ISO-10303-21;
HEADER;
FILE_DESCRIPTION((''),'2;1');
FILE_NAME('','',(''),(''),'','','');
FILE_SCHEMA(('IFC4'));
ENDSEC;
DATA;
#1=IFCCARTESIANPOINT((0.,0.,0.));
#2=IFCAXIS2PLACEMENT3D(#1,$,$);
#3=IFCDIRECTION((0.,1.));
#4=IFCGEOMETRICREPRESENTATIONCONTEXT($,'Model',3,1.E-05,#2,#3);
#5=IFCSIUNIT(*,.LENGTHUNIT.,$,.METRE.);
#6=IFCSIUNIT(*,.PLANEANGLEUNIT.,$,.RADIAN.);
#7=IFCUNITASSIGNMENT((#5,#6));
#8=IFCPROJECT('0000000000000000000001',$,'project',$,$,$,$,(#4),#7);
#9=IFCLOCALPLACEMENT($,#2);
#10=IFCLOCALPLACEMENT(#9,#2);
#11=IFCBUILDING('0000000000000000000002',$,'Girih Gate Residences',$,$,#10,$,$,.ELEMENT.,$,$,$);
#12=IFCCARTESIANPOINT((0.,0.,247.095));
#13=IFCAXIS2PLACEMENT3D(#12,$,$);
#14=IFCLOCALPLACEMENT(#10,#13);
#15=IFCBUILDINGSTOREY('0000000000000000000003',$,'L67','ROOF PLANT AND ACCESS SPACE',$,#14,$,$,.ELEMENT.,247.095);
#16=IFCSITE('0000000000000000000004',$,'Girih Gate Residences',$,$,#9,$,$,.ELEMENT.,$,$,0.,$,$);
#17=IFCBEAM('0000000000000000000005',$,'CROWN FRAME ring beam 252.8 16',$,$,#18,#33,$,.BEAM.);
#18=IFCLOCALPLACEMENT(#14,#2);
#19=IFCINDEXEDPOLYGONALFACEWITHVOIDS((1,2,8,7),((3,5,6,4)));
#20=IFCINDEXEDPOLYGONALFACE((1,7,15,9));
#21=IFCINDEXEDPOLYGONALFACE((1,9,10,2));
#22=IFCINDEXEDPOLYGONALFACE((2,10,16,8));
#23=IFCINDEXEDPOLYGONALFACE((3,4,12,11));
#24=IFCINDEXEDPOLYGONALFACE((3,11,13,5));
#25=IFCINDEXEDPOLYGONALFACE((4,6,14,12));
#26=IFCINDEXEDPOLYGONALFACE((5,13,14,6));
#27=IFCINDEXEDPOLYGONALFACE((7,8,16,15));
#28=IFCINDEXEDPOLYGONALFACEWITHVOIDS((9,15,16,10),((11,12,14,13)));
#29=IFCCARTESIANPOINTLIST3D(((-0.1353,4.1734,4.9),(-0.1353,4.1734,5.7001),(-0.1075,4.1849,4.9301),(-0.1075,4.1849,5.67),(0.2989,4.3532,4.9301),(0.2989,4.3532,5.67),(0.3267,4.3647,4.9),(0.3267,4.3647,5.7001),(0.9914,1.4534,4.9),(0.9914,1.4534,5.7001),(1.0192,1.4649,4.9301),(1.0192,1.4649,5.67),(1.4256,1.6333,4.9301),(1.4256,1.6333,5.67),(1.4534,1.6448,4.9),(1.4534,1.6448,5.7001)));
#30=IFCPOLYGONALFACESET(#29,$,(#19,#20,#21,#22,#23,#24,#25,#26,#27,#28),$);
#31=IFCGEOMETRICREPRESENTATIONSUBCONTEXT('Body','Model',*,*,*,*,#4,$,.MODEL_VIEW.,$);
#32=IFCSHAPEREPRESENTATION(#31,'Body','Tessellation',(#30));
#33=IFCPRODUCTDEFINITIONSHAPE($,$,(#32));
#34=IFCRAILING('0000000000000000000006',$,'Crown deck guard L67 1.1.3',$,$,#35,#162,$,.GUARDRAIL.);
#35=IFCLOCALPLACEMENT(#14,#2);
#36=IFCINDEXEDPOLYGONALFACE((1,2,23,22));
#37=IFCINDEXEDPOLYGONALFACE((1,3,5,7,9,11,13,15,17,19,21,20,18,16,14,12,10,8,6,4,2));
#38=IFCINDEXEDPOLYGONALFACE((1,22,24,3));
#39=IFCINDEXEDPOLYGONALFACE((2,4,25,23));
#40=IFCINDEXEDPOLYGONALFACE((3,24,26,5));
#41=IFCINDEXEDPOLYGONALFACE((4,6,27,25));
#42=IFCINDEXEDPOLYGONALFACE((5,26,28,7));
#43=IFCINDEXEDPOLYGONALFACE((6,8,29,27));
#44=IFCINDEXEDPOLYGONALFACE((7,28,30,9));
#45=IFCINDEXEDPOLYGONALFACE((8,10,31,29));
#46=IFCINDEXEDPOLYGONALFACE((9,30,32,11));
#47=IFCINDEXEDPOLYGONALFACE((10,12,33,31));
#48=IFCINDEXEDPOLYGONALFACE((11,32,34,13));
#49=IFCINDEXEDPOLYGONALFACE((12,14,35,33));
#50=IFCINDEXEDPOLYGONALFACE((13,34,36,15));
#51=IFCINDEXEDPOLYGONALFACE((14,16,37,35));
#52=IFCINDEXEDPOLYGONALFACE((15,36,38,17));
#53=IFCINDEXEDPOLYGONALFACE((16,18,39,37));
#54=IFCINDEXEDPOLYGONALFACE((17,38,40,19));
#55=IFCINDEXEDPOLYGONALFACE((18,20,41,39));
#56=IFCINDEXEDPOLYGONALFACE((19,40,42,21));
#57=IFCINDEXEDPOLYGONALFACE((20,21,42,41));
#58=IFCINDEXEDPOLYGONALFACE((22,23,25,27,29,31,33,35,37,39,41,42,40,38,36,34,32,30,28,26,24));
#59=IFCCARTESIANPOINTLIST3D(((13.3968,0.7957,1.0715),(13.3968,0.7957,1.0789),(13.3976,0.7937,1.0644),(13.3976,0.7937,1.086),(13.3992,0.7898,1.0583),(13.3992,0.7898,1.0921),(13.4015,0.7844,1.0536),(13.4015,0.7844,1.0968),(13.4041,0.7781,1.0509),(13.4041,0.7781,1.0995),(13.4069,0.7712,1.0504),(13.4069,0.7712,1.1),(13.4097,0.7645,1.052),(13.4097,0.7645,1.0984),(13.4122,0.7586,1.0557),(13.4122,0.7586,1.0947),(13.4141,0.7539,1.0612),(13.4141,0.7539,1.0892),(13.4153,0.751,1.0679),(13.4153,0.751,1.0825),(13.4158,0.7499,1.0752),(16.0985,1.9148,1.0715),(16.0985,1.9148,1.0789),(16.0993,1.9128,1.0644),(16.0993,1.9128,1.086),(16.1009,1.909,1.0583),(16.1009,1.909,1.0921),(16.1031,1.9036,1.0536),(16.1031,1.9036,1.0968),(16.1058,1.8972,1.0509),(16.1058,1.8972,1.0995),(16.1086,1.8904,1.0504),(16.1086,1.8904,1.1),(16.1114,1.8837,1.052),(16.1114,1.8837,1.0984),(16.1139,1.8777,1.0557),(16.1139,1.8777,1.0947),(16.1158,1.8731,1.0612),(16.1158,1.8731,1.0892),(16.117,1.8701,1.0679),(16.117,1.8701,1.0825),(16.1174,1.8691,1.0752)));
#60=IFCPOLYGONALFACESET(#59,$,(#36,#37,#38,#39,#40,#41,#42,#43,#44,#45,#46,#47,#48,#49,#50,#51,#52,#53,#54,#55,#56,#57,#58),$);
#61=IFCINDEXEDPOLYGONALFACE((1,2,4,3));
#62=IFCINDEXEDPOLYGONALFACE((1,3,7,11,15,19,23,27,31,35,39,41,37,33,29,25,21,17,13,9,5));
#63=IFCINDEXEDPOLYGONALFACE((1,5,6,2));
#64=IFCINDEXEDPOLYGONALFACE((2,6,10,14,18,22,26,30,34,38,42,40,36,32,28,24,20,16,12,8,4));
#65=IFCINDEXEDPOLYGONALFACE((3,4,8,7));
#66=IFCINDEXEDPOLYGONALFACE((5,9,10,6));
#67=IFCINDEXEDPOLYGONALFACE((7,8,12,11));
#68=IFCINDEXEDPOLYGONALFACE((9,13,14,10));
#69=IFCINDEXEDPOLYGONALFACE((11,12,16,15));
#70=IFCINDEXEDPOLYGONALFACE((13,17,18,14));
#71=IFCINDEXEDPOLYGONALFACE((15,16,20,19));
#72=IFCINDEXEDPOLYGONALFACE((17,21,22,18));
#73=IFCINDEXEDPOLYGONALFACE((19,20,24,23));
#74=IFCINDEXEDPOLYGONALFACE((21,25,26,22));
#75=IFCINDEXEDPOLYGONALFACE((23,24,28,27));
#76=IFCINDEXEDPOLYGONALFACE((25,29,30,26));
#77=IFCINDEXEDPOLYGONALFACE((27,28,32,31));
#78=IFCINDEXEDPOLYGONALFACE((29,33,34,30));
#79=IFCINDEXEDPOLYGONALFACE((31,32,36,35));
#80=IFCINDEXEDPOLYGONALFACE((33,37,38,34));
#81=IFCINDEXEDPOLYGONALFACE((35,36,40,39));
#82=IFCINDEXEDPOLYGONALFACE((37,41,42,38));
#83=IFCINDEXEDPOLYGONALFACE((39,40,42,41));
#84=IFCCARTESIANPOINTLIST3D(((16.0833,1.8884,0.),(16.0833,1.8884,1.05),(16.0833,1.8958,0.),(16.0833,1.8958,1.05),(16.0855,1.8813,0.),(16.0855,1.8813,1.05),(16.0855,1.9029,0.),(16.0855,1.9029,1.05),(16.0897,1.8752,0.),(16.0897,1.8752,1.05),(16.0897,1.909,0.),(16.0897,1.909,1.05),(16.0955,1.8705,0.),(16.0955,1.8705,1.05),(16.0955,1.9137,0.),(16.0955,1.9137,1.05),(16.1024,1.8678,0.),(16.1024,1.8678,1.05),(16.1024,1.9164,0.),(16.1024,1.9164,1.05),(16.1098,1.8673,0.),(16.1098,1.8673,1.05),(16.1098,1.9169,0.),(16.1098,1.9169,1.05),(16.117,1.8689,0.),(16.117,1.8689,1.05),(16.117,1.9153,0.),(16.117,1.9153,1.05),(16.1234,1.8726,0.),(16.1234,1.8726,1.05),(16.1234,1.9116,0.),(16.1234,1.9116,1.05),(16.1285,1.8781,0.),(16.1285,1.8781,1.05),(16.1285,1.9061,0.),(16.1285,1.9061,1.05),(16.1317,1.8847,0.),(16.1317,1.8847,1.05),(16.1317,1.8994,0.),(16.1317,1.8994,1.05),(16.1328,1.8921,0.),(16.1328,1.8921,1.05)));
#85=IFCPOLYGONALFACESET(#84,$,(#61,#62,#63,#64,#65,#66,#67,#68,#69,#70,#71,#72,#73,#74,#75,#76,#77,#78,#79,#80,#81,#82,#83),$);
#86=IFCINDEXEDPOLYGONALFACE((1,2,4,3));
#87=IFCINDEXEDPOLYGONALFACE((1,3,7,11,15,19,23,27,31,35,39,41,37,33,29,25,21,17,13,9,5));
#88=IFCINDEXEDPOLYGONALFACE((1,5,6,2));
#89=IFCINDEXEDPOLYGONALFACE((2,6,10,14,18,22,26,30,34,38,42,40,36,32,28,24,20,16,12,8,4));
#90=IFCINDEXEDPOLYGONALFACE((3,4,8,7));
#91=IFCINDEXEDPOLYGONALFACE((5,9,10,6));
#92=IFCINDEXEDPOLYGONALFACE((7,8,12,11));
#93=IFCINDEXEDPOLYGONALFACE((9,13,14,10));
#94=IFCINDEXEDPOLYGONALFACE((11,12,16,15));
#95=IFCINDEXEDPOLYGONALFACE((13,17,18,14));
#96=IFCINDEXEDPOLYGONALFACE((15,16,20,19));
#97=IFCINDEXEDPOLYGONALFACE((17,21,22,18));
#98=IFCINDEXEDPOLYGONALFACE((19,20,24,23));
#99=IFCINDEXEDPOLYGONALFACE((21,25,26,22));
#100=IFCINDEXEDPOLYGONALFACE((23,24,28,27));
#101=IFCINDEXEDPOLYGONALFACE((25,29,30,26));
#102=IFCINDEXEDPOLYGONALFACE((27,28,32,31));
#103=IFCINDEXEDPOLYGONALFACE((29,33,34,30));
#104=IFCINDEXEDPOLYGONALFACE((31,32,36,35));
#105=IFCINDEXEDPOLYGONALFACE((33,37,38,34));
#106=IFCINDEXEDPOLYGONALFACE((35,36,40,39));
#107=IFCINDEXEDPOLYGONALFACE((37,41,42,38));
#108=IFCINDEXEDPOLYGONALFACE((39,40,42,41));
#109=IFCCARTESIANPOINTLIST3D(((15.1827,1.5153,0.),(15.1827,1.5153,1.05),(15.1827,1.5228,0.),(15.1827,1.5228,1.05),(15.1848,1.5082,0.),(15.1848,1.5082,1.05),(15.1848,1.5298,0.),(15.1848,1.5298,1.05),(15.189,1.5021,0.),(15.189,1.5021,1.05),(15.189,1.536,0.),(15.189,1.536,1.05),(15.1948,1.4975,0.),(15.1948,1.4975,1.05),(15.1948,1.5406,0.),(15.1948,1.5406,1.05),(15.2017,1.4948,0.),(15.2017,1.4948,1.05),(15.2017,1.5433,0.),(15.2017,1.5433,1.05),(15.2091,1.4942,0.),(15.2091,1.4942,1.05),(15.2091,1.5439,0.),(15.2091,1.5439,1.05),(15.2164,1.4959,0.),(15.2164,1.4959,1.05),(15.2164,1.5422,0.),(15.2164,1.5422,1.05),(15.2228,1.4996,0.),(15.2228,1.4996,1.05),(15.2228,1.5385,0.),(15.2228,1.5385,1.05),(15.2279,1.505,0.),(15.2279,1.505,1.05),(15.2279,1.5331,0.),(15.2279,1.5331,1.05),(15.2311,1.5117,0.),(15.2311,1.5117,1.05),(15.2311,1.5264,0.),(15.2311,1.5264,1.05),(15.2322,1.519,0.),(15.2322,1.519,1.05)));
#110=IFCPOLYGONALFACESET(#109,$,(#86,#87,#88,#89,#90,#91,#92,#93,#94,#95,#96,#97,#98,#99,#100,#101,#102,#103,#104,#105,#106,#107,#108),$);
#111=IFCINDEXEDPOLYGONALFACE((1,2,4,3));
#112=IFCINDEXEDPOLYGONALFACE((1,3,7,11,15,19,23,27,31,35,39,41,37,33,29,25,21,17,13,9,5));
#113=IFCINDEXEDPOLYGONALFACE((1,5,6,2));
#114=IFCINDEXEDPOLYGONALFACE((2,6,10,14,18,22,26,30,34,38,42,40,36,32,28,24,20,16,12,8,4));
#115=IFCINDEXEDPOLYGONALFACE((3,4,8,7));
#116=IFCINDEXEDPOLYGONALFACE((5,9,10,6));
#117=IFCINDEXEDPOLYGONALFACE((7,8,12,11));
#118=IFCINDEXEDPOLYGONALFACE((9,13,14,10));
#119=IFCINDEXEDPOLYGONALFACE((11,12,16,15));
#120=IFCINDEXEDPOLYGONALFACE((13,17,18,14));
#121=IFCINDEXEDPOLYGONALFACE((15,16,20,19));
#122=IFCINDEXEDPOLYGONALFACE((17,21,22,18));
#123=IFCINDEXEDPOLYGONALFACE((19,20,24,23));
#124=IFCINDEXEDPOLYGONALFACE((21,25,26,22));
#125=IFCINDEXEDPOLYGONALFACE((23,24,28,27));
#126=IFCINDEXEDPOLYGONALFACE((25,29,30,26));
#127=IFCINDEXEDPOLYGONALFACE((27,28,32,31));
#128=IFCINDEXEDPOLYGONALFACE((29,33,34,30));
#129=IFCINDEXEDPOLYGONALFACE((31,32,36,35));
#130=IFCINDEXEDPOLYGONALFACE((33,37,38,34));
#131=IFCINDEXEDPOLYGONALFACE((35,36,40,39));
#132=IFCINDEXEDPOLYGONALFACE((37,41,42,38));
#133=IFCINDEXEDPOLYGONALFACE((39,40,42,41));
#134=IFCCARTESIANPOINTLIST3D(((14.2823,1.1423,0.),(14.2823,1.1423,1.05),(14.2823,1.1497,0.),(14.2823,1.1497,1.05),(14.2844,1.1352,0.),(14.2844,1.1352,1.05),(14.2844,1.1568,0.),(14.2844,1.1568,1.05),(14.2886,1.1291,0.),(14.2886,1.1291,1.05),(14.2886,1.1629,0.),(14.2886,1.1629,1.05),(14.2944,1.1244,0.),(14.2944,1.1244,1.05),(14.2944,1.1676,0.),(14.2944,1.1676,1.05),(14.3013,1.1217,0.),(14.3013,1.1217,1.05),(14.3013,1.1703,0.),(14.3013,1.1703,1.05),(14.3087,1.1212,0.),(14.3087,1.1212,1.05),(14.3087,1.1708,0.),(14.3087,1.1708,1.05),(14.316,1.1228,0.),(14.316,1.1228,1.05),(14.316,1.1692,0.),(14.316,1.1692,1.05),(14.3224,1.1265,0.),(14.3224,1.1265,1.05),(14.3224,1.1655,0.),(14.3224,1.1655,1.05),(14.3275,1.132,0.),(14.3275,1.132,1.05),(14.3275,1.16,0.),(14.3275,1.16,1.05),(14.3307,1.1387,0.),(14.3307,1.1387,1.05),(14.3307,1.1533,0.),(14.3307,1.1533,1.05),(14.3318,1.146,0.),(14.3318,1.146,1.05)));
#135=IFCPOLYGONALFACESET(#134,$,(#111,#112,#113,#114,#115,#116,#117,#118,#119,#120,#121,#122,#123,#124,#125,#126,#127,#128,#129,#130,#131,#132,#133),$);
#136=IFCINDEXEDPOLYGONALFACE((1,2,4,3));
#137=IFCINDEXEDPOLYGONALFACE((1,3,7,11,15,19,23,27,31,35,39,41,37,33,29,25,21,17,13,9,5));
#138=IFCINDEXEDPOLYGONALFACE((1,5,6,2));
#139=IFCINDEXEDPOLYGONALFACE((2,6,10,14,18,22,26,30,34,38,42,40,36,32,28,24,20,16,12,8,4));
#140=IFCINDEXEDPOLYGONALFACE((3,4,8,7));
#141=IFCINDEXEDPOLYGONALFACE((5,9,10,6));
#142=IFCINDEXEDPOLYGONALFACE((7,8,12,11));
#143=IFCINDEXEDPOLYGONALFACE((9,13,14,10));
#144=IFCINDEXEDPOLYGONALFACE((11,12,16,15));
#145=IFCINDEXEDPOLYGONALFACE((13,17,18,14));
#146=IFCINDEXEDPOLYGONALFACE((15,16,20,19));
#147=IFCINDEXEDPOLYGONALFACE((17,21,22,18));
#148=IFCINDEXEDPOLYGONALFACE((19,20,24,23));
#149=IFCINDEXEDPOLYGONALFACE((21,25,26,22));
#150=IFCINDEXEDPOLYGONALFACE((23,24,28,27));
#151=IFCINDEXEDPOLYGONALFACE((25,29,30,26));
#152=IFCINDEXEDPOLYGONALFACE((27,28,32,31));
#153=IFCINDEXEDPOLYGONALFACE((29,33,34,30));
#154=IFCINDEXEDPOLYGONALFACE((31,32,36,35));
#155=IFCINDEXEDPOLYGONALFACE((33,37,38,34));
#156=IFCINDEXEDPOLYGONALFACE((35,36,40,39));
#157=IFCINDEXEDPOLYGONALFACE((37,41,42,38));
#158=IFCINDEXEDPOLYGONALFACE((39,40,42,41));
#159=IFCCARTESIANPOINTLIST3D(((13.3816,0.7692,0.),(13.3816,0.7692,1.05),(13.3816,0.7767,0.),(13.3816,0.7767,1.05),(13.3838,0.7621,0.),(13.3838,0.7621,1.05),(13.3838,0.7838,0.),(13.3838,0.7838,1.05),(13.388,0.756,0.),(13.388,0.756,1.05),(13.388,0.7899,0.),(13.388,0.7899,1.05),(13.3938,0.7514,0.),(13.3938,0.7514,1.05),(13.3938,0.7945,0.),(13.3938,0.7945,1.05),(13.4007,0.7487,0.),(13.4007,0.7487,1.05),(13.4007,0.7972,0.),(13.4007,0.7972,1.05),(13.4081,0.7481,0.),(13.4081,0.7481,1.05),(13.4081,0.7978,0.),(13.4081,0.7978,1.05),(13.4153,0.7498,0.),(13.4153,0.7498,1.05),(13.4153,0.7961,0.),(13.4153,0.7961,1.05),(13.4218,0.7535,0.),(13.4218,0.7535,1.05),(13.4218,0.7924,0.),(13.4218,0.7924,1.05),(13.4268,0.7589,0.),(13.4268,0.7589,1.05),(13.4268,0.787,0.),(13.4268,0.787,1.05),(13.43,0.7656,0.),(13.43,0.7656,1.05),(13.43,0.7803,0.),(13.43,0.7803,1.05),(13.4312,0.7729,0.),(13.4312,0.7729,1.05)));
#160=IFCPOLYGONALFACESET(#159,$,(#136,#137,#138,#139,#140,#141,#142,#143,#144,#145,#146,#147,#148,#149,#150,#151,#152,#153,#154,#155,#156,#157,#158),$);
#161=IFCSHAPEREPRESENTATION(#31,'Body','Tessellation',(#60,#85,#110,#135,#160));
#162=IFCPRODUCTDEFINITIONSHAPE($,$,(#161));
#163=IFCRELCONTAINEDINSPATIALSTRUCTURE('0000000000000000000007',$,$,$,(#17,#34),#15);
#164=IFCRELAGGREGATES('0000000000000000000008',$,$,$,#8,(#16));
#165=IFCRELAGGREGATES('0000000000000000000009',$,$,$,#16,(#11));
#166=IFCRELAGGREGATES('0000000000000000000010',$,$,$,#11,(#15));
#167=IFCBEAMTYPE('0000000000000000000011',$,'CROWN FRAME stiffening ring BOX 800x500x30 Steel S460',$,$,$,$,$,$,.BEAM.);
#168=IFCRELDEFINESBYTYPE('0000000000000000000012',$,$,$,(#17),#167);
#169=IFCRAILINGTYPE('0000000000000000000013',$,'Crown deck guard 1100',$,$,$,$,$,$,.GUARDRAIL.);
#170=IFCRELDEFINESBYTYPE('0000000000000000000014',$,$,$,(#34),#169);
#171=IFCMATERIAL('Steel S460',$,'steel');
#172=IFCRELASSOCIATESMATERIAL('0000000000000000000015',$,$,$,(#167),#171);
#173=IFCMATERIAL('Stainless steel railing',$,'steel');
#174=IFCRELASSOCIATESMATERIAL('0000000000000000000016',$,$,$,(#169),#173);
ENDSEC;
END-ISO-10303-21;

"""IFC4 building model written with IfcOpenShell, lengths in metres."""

from ifc_helpers import new_model, si_unit, direction, frame, origin, origin_2d, place, context, subcontext, project, spatial, hollow_rectangle, circle, extrude, material, material_profile, profile_set, type_object, element, save


model = new_model("IFC4")

# Units and contexts
model_context = context("Model", 3, precision=1e-05, world=origin(), true_north=direction((0.0, 1.0)))
body_context = subcontext(model_context, "Body", "Model", "MODEL_VIEW")
ifc_project = project(units=[si_unit("LENGTHUNIT", "METRE"), si_unit("PLANEANGLEUNIT", "RADIAN")], contexts=[model_context])

# Site, building, storey
site_placement = place(None, origin())
site = spatial("IfcSite", under=ifc_project, at=site_placement, Name="Girih Gate Residences", CompositionType="ELEMENT", RefElevation=0.0)
building_placement = place(site_placement, origin())
building = spatial("IfcBuilding", under=site, at=building_placement, Name="Girih Gate Residences", CompositionType="ELEMENT")
storey_placement = place(building_placement, frame((0.0, 0.0, 247.095)))
storey = spatial("IfcBuildingStorey", under=building, at=storey_placement, Name="L67", Description="ROOF PLANT AND ACCESS SPACE", CompositionType="ELEMENT", Elevation=247.095)

# Shared definitions
ifc_material_1 = material(Name="Steel S460", Category="steel")

# Beam
ifc_material_profile_1 = material_profile(ifc_material_1, hollow_rectangle(XDim=0.5, YDim=0.8, WallThickness=0.03, at=origin_2d()))
ifc_profile_set_1 = profile_set([ifc_material_profile_1], Name="Steel S460")
beam_type_1 = type_object("IfcBeamType", Name="CROWN FRAME stiffening ring BOX 800x500x30 Steel S460", PredefinedType="BEAM", material=ifc_profile_set_1)
beam_1_placement = place(storey_placement, frame((0.0957, 4.269, 5.3), z_axis=(0.382701, -0.923872, 0.0), x_axis=(0.923872, 0.382701, 0.0)))
element("IfcBeam", 1, at=beam_1_placement, inside=storey, type_object=beam_type_1, Name="CROWN FRAME ring beam 252.8 16", PredefinedType="BEAM", context=body_context, shape_type="SweptSolid", body=[
    extrude(hollow_rectangle(XDim=0.5, YDim=0.8, WallThickness=0.03, at=origin_2d()), origin(), (0.0, 0.0, 1.0), 2.9441),
])

# Railing
ifc_material_2 = material(Name="Stainless steel railing", Category="steel")
railing_type = type_object("IfcRailingType", Name="Crown deck guard 1100", PredefinedType="GUARDRAIL", material=ifc_material_2)
railing_1_placement = place(storey_placement, frame((16.1079, 1.8921, 0.0)))
element("IfcRailing", 2, at=railing_1_placement, inside=storey, type_object=railing_type, Name="Crown deck guard L67 1.1.3", PredefinedType="GUARDRAIL", context=body_context, shape_type="SweptSolid", body=[
    extrude(circle(Radius=0.0249, at=origin_2d()), frame((0.0, 0.0, 1.0752), z_axis=(-0.92387, -0.382706, 0.0), x_axis=(0.382706, -0.92387, 0.0)), (0.0, 0.0, 1.0), 2.9243),
    extrude(circle(Radius=0.0249, at=origin_2d()), origin(), (0.0, 0.0, 1.0), 1.05),
    extrude(circle(Radius=0.0249, at=origin_2d()), frame((-0.9006, -0.373, 0.0)), (0.0, 0.0, 1.0), 1.05),
    extrude(circle(Radius=0.0249, at=origin_2d()), frame((-1.801, -0.7461, 0.0)), (0.0, 0.0, 1.0), 1.05),
    extrude(circle(Radius=0.0249, at=origin_2d()), frame((-2.7017, -1.1191, 0.0)), (0.0, 0.0, 1.0), 1.05),
])

save(model, "model.ifc")
